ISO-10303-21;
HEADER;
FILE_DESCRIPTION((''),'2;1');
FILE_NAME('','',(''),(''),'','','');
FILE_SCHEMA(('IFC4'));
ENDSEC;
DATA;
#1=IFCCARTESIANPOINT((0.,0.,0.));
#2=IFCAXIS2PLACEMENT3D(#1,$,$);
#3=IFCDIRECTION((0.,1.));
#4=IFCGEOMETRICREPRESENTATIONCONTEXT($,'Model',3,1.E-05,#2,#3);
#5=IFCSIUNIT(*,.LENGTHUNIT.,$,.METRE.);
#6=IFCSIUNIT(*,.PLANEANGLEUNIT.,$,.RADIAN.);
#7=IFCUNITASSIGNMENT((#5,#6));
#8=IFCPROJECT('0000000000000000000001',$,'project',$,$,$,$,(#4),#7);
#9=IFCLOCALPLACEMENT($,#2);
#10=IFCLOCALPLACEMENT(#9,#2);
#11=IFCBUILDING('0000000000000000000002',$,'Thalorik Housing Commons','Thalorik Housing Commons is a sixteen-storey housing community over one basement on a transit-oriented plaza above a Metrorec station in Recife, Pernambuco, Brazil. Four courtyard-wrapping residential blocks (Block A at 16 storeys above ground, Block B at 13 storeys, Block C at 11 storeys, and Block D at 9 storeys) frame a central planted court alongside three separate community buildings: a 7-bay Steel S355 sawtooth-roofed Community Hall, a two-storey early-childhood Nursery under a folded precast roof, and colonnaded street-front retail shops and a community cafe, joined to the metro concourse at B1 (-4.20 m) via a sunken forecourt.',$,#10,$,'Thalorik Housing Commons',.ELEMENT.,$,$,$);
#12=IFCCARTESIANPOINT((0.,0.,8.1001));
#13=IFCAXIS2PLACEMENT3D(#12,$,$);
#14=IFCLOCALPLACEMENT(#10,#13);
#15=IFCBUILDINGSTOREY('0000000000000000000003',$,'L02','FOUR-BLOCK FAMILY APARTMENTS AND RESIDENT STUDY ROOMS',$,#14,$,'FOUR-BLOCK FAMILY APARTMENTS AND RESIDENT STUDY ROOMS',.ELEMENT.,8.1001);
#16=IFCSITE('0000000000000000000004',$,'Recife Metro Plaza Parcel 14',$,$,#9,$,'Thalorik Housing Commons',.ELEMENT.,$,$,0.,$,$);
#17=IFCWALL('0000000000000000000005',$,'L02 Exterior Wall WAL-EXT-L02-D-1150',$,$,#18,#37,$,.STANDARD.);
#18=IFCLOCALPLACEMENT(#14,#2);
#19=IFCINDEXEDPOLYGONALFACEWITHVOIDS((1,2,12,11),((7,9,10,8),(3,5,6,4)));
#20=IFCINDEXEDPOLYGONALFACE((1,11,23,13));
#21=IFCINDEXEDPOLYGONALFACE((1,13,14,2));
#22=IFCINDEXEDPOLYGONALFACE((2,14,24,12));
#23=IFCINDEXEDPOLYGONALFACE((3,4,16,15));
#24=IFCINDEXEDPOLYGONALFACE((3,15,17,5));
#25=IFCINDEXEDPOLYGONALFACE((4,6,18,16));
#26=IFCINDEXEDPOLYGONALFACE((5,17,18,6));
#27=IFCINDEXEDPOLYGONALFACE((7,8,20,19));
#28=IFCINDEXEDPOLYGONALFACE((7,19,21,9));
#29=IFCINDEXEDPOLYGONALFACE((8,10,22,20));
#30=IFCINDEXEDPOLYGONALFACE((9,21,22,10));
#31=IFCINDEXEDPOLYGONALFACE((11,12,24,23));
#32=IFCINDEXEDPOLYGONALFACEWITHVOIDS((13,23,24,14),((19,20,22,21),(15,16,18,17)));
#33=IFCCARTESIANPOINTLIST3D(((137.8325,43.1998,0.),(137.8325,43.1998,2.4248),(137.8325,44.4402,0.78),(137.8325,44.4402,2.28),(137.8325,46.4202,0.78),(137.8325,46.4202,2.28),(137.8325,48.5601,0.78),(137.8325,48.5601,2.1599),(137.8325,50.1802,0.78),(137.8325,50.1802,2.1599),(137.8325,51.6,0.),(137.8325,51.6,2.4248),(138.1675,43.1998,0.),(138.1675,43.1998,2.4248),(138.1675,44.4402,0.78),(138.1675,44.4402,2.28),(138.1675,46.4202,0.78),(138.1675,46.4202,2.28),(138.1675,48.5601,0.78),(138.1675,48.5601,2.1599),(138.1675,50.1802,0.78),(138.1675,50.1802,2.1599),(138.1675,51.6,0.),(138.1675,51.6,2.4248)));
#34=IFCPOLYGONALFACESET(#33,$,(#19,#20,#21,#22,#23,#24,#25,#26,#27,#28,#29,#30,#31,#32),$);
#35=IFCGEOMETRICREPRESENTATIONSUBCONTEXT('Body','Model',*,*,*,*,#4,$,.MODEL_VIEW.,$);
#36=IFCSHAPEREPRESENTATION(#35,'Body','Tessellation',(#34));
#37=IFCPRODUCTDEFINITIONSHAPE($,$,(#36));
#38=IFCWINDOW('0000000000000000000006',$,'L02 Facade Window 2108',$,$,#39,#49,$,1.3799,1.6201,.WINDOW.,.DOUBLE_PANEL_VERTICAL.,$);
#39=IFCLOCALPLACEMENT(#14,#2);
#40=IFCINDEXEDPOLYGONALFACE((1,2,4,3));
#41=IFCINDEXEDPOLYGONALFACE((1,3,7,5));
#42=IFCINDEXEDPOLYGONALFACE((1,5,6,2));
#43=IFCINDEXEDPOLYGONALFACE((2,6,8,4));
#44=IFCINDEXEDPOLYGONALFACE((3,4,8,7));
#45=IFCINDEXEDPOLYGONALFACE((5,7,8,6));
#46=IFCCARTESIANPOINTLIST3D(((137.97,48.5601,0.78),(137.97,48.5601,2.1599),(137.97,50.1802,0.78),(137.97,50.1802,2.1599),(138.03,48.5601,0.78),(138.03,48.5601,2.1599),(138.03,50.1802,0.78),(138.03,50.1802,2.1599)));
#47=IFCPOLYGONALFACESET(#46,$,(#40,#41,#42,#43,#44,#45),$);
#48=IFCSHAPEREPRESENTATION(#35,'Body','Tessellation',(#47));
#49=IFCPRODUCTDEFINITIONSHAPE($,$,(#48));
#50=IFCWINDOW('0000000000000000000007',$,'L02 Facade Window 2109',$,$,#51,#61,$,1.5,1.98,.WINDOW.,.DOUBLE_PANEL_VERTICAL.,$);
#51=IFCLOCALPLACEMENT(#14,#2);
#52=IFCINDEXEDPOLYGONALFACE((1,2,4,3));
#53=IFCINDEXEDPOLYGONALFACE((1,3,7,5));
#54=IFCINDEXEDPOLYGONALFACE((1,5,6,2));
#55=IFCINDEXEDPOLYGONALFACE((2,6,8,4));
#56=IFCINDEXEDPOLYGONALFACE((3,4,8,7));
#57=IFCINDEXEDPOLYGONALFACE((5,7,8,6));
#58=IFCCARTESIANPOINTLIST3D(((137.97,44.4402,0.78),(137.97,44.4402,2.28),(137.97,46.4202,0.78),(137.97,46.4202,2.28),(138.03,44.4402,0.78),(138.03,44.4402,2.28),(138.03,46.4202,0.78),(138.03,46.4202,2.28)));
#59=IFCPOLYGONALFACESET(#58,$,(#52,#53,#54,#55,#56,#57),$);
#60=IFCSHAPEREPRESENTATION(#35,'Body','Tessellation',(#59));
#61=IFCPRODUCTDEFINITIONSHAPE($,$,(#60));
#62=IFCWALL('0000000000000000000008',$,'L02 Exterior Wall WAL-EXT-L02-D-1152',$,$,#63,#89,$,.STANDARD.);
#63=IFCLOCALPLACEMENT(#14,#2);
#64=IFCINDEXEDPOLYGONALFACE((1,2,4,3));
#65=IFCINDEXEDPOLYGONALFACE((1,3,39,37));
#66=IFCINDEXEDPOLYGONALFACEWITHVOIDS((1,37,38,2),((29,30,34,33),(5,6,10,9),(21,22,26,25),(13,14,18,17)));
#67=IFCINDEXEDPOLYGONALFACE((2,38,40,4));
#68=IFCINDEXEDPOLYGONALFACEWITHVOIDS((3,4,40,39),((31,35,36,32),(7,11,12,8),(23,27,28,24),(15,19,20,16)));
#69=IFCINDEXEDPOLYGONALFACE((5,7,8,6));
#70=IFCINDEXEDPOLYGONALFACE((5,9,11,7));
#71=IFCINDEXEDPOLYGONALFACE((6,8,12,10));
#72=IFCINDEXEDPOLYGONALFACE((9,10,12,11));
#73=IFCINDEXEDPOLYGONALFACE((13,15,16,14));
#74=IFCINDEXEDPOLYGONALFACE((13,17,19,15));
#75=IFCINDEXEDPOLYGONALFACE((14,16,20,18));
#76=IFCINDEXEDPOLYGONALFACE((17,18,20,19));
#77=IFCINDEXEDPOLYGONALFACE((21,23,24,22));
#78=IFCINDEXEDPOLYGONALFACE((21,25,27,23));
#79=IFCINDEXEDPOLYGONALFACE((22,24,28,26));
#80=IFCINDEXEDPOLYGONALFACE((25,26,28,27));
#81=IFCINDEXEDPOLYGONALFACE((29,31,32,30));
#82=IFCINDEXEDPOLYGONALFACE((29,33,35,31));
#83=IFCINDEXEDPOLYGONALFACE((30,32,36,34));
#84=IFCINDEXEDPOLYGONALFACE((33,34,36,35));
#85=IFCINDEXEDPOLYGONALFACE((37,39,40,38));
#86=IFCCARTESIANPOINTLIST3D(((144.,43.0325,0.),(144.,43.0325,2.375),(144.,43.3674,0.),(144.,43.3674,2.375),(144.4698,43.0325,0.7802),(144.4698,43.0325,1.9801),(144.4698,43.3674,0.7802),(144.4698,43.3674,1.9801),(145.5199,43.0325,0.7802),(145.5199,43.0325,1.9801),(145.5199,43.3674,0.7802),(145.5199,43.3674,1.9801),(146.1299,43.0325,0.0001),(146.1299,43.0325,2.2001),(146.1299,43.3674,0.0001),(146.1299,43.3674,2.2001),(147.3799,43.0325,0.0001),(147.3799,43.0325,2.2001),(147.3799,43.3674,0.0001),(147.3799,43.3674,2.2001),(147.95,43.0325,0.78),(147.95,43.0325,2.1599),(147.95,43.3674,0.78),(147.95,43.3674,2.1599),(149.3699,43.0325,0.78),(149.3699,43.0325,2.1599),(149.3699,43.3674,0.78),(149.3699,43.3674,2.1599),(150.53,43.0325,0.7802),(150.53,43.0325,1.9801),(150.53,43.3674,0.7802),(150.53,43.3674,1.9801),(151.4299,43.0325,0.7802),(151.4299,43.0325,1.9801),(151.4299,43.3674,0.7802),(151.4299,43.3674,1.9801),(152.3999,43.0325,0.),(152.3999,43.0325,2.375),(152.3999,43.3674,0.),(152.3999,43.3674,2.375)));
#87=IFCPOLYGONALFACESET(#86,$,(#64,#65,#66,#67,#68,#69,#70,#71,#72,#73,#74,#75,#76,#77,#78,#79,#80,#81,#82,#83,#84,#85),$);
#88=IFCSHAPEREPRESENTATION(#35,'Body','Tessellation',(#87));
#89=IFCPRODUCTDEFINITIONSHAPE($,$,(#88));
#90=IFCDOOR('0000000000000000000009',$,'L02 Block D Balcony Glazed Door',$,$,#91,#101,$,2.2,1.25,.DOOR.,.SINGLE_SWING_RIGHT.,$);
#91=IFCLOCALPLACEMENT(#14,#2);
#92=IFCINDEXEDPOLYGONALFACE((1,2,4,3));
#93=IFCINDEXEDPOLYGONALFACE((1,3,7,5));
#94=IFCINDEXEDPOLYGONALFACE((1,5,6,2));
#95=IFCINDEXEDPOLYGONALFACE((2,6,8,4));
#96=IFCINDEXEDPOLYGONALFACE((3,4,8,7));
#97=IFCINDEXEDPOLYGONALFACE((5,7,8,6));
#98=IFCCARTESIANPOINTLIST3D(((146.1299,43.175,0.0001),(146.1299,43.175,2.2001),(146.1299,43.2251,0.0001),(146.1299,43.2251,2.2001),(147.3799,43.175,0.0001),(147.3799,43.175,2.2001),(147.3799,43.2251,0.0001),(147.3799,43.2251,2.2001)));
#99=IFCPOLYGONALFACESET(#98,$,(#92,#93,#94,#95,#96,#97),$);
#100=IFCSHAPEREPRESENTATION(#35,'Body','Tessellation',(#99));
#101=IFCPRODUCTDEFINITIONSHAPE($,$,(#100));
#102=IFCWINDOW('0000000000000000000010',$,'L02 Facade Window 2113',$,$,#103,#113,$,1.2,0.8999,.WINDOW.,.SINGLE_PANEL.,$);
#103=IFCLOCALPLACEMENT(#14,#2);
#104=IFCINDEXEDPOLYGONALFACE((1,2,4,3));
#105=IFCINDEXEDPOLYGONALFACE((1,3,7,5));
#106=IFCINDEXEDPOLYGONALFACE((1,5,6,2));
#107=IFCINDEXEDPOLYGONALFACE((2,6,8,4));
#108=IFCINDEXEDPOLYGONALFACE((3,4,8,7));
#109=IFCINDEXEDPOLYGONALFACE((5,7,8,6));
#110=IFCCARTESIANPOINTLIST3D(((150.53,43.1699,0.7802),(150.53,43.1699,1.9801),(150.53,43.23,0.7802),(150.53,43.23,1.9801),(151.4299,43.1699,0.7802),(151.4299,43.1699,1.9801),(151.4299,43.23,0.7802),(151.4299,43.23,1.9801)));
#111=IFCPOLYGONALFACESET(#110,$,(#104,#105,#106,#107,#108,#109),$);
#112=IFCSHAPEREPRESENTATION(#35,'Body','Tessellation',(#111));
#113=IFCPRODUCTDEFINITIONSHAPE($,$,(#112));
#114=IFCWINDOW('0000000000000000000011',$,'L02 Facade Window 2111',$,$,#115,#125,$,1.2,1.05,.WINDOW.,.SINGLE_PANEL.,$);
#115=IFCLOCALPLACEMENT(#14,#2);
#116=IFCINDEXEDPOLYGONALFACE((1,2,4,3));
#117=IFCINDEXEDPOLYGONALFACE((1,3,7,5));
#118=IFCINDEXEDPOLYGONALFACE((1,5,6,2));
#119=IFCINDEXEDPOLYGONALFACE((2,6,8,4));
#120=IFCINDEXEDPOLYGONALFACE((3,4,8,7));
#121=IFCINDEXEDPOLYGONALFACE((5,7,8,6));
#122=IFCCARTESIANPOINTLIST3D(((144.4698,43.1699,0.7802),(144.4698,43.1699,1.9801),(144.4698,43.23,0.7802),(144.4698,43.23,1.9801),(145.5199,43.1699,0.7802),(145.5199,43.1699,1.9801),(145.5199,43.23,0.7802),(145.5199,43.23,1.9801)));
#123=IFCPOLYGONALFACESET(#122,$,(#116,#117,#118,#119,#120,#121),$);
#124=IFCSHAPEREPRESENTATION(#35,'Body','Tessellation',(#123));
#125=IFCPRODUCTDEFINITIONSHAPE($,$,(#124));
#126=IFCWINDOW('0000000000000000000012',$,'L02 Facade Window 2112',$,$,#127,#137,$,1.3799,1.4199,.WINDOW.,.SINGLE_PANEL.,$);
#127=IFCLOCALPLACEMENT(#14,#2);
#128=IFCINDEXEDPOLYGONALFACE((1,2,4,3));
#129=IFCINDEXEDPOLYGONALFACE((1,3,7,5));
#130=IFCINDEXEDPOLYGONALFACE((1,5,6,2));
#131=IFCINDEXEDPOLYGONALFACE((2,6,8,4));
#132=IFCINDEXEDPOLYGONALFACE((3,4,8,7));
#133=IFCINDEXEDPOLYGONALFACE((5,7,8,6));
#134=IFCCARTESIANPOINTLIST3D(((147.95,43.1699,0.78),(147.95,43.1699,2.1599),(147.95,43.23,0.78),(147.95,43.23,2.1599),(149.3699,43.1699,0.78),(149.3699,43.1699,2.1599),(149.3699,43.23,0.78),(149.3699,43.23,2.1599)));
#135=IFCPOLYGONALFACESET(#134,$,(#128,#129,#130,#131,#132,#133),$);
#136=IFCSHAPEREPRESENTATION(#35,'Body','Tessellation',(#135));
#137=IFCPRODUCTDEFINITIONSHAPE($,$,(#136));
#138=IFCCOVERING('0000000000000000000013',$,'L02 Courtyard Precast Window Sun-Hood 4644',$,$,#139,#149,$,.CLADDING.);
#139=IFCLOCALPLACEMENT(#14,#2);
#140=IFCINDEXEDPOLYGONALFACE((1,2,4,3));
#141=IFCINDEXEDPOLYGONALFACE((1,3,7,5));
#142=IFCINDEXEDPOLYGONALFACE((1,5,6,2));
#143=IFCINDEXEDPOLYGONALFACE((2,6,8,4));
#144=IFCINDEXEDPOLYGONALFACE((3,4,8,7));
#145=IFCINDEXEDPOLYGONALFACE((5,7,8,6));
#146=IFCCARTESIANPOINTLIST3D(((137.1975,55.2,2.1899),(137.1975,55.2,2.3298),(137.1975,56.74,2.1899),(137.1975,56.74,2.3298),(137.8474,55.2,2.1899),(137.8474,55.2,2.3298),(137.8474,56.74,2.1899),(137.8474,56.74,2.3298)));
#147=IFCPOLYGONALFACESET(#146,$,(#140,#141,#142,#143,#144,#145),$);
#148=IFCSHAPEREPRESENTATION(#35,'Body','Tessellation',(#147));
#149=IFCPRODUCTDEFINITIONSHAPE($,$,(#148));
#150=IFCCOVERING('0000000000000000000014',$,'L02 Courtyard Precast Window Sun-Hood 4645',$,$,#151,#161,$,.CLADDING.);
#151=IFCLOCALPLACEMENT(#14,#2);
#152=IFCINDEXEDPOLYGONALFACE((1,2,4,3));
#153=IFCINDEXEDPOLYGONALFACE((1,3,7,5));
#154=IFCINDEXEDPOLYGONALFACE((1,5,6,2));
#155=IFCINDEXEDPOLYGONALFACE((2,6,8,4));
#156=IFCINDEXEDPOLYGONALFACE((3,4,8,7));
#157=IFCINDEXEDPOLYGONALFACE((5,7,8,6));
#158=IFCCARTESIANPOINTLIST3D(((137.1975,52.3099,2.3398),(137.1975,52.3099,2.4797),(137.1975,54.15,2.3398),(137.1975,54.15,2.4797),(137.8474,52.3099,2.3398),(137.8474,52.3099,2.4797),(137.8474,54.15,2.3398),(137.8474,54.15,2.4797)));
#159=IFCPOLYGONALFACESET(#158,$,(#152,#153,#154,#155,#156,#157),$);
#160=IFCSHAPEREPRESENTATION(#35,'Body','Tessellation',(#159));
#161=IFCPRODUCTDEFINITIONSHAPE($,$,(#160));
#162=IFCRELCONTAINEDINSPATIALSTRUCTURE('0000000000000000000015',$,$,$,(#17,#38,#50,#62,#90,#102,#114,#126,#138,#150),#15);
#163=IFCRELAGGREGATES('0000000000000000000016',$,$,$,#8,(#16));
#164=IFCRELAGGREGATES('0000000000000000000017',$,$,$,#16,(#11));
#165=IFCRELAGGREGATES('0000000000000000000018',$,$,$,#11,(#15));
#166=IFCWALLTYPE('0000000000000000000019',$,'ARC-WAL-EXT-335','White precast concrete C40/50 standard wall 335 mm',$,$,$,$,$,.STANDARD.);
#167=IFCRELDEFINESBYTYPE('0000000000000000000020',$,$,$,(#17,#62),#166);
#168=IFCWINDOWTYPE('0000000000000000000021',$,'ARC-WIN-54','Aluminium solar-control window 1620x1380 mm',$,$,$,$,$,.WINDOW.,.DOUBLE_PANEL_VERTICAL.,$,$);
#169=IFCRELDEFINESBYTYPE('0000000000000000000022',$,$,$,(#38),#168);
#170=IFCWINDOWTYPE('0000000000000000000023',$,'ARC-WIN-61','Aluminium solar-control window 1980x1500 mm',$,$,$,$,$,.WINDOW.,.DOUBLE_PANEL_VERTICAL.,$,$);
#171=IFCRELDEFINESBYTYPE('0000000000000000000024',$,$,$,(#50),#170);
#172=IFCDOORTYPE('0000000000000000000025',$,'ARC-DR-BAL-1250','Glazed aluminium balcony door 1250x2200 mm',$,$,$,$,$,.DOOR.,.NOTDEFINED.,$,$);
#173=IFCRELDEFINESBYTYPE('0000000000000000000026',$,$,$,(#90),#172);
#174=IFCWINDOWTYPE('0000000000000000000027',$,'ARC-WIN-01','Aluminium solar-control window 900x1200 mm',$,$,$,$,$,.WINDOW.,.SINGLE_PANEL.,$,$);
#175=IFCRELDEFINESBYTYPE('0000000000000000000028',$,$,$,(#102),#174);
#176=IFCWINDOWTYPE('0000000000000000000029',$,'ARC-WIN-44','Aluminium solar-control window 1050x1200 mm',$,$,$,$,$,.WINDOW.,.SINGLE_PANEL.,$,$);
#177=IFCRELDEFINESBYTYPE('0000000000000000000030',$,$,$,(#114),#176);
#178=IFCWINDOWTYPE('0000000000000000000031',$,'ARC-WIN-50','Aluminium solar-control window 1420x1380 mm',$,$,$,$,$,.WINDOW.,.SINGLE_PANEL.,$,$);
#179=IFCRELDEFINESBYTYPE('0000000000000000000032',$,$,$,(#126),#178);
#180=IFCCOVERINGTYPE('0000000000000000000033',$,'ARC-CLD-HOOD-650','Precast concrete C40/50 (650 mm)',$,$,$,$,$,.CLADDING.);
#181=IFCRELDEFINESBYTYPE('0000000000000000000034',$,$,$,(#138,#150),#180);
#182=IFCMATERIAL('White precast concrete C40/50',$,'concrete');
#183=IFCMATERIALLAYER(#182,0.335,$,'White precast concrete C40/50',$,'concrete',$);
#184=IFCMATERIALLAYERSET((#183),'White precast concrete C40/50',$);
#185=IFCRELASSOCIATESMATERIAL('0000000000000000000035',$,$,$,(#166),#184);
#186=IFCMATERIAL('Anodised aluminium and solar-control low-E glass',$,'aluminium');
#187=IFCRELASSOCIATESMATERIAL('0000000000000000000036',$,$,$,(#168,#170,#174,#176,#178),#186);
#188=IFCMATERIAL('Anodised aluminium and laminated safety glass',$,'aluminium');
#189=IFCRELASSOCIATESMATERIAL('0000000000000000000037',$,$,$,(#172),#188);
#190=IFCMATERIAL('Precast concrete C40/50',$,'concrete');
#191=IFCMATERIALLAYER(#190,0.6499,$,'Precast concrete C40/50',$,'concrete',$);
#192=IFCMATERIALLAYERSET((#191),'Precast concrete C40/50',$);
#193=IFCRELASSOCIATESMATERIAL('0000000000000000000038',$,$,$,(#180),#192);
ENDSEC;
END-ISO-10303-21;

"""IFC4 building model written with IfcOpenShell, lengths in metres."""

from ifc_helpers import new_model, si_unit, direction, frame, frame_2d, origin, origin_2d, place, context, subcontext, project, spatial, rectangle, extrude, material, layer, layer_set, type_object, element, fill, save


model = new_model("IFC4")

# Units and contexts
model_context = context("Model", 3, precision=1e-05, world=origin(), true_north=direction((0.0, 1.0)))
body_context = subcontext(model_context, "Body", "Model", "MODEL_VIEW")
ifc_project = project(units=[si_unit("LENGTHUNIT", "METRE"), si_unit("PLANEANGLEUNIT", "RADIAN")], contexts=[model_context])

# Site, building, storey
site_placement = place(None, origin())
site = spatial("IfcSite", under=ifc_project, at=site_placement, Name="Recife Metro Plaza Parcel 14", LongName="Thalorik Housing Commons", CompositionType="ELEMENT", RefElevation=0.0)
building_placement = place(site_placement, origin())
building = spatial("IfcBuilding", under=site, at=building_placement, Name="Thalorik Housing Commons", Description="Thalorik Housing Commons is a sixteen-storey housing community over one basement on a transit-oriented plaza above a Metrorec station in Recife, Pernambuco, Brazil. Four courtyard-wrapping residential blocks (Block A at 16 storeys above ground, Block B at 13 storeys, Block C at 11 storeys, and Block D at 9 storeys) frame a central planted court alongside three separate community buildings: a 7-bay Steel S355 sawtooth-roofed Community Hall, a two-storey early-childhood Nursery under a folded precast roof, and colonnaded street-front retail shops and a community cafe, joined to the metro concourse at B1 (-4.20 m) via a sunken forecourt.", LongName="Thalorik Housing Commons", CompositionType="ELEMENT")
storey_placement = place(building_placement, frame((0.0, 0.0, 8.1001)))
storey = spatial("IfcBuildingStorey", under=building, at=storey_placement, Name="L02", Description="FOUR-BLOCK FAMILY APARTMENTS AND RESIDENT STUDY ROOMS", LongName="FOUR-BLOCK FAMILY APARTMENTS AND RESIDENT STUDY ROOMS", CompositionType="ELEMENT", Elevation=8.1001)

# Shared definitions
ifc_material_1 = material(Name="Precast concrete C40/50", Category="concrete")

# Wall, openings, windows
ifc_material_2 = material(Name="White precast concrete C40/50", Category="concrete")
ifc_layer_1 = layer(ifc_material_2, 0.335, Name="White precast concrete C40/50", Category="concrete")
ifc_layer_set_1 = layer_set([ifc_layer_1], Name="White precast concrete C40/50")
wall_type = type_object("IfcWallType", Name="ARC-WAL-EXT-335", Description="White precast concrete C40/50 standard wall 335 mm", PredefinedType="STANDARD", material=ifc_layer_set_1)
ifc_material_3 = material(Name="Anodised aluminium and solar-control low-E glass", Category="aluminium")
wall_1_placement = place(storey_placement, frame((138.0, 51.6001, 0.0), z_axis=(0.0, 0.0, 1.0), x_axis=(0.0, -1.0, 0.0)))
wall_1 = element("IfcWall", 1, at=wall_1_placement, inside=storey, type_object=wall_type, Name="L02 Exterior Wall WAL-EXT-L02-D-1150", PredefinedType="STANDARD", context=body_context, shape_type="SweptSolid", body=[
    extrude(rectangle(XDim=8.4001, YDim=0.335, at=frame_2d((4.2002, 0.0))), origin(), (0.0, 0.0, 1.0), 2.4248),
])
opening_1_placement = place(wall_1_placement, frame((1.4199, 0.0, 0.78)))
opening_1 = element("IfcOpeningElement", 2, at=opening_1_placement, cuts=wall_1, PredefinedType="OPENING", context=body_context, shape_type="SweptSolid", body=[
    extrude(rectangle(XDim=1.6201, YDim=1.3799, at=frame_2d((0.8101, 0.6899))), frame((0.0, 0.1775, 0.0), z_axis=(0.0, -1.0, 0.0), x_axis=(1.0, 0.0, 0.0)), (0.0, 0.0, 1.0), 0.355),
])
opening_2_placement = place(wall_1_placement, frame((5.1799, 0.0, 0.78)))
opening_2 = element("IfcOpeningElement", 3, at=opening_2_placement, cuts=wall_1, PredefinedType="OPENING", context=body_context, shape_type="SweptSolid", body=[
    extrude(rectangle(XDim=1.98, YDim=1.5, at=frame_2d((0.99, 0.75))), frame((0.0, 0.1775, 0.0), z_axis=(0.0, -1.0, 0.0), x_axis=(1.0, 0.0, 0.0)), (0.0, 0.0, 1.0), 0.355),
])
window_type_1 = type_object("IfcWindowType", Name="ARC-WIN-54", Description="Aluminium solar-control window 1620x1380 mm", PartitioningType="DOUBLE_PANEL_VERTICAL", PredefinedType="WINDOW", material=ifc_material_3)
window_1_placement = place(opening_1_placement, origin())
window_1 = element("IfcWindow", 4, at=window_1_placement, inside=storey, type_object=window_type_1, Name="L02 Facade Window 2108", OverallHeight=1.3799, OverallWidth=1.6201, PartitioningType="DOUBLE_PANEL_VERTICAL", PredefinedType="WINDOW", context=body_context, shape_type="SweptSolid", body=[
    extrude(rectangle(XDim=1.6201, YDim=1.3799, at=frame_2d((0.8101, 0.6899))), frame((0.0, 0.03, 0.0), z_axis=(0.0, -1.0, 0.0), x_axis=(1.0, 0.0, 0.0)), (0.0, 0.0, 1.0), 0.0601),
])
fill(opening_1, window_1)
window_type_2 = type_object("IfcWindowType", Name="ARC-WIN-61", Description="Aluminium solar-control window 1980x1500 mm", PartitioningType="DOUBLE_PANEL_VERTICAL", PredefinedType="WINDOW", material=ifc_material_3)
window_2_placement = place(opening_2_placement, origin())
window_2 = element("IfcWindow", 5, at=window_2_placement, inside=storey, type_object=window_type_2, Name="L02 Facade Window 2109", OverallHeight=1.5, OverallWidth=1.98, PartitioningType="DOUBLE_PANEL_VERTICAL", PredefinedType="WINDOW", context=body_context, shape_type="SweptSolid", body=[
    extrude(rectangle(XDim=1.98, YDim=1.5, at=frame_2d((0.99, 0.75))), frame((0.0, 0.03, 0.0), z_axis=(0.0, -1.0, 0.0), x_axis=(1.0, 0.0, 0.0)), (0.0, 0.0, 1.0), 0.0601),
])
fill(opening_2, window_2)

# Wall, openings, door, windows
wall_2_placement = place(storey_placement, frame((144.0, 43.2, 0.0), z_axis=(0.0, 0.0, 1.0), x_axis=(1.0, 0.0, 0.0)))
wall_2 = element("IfcWall", 6, at=wall_2_placement, inside=storey, type_object=wall_type, Name="L02 Exterior Wall WAL-EXT-L02-D-1152", PredefinedType="STANDARD", context=body_context, shape_type="SweptSolid", body=[
    extrude(rectangle(XDim=8.3999, YDim=0.335, at=frame_2d((4.2, 0.0))), origin(), (0.0, 0.0, 1.0), 2.375),
])
opening_3_placement = place(wall_2_placement, frame((2.1299, 0.0, 0.0)))
opening_3 = element("IfcOpeningElement", 7, at=opening_3_placement, cuts=wall_2, PredefinedType="OPENING", context=body_context, shape_type="SweptSolid", body=[
    extrude(rectangle(XDim=1.25, YDim=2.2, at=frame_2d((0.625, 1.1001))), frame((0.0, 0.1775, 0.0), z_axis=(0.0, -1.0, 0.0), x_axis=(1.0, 0.0, 0.0)), (0.0, 0.0, 1.0), 0.355),
])
opening_4_placement = place(wall_2_placement, frame((0.47, 0.0, 0.78)))
opening_4 = element("IfcOpeningElement", 8, at=opening_4_placement, cuts=wall_2, PredefinedType="OPENING", context=body_context, shape_type="SweptSolid", body=[
    extrude(rectangle(XDim=1.05, YDim=1.2, at=frame_2d((0.5249, 0.6001))), frame((0.0, 0.1775, 0.0), z_axis=(0.0, -1.0, 0.0), x_axis=(1.0, 0.0, 0.0)), (0.0, 0.0, 1.0), 0.355),
])
opening_5_placement = place(wall_2_placement, frame((3.95, 0.0, 0.78)))
opening_5 = element("IfcOpeningElement", 9, at=opening_5_placement, cuts=wall_2, PredefinedType="OPENING", context=body_context, shape_type="SweptSolid", body=[
    extrude(rectangle(XDim=1.4199, YDim=1.3799, at=frame_2d((0.71, 0.6899))), frame((0.0, 0.1775, 0.0), z_axis=(0.0, -1.0, 0.0), x_axis=(1.0, 0.0, 0.0)), (0.0, 0.0, 1.0), 0.355),
])
opening_6_placement = place(wall_2_placement, frame((6.53, 0.0, 0.78)))
opening_6 = element("IfcOpeningElement", 10, at=opening_6_placement, cuts=wall_2, PredefinedType="OPENING", context=body_context, shape_type="SweptSolid", body=[
    extrude(rectangle(XDim=0.8999, YDim=1.2, at=frame_2d((0.45, 0.6001))), frame((0.0, 0.1775, 0.0), z_axis=(0.0, -1.0, 0.0), x_axis=(1.0, 0.0, 0.0)), (0.0, 0.0, 1.0), 0.355),
])
ifc_material_4 = material(Name="Anodised aluminium and laminated safety glass", Category="aluminium")
door_type = type_object("IfcDoorType", Name="ARC-DR-BAL-1250", Description="Glazed aluminium balcony door 1250x2200 mm", OperationType="NOTDEFINED", PredefinedType="DOOR", material=ifc_material_4)
door_placement = place(opening_3_placement, frame((1.25, 0.0, 0.0), z_axis=(0.0, 0.0, 1.0), x_axis=(-1.0, 0.0, 0.0)))
door = element("IfcDoor", 11, at=door_placement, inside=storey, type_object=door_type, Name="L02 Block D Balcony Glazed Door", OperationType="SINGLE_SWING_RIGHT", OverallHeight=2.2, OverallWidth=1.25, PredefinedType="DOOR", context=body_context, shape_type="SweptSolid", body=[
    extrude(rectangle(XDim=1.25, YDim=2.2, at=frame_2d((0.625, 1.1001))), frame((0.0, 0.0249, 0.0), z_axis=(0.0, -1.0, 0.0), x_axis=(1.0, 0.0, 0.0)), (0.0, 0.0, 1.0), 0.05),
])
fill(opening_3, door)
window_type_3 = type_object("IfcWindowType", Name="ARC-WIN-01", Description="Aluminium solar-control window 900x1200 mm", PartitioningType="SINGLE_PANEL", PredefinedType="WINDOW", material=ifc_material_3)
window_3_placement = place(opening_6_placement, origin())
window_3 = element("IfcWindow", 12, at=window_3_placement, inside=storey, type_object=window_type_3, Name="L02 Facade Window 2113", OverallHeight=1.2, OverallWidth=0.8999, PartitioningType="SINGLE_PANEL", PredefinedType="WINDOW", context=body_context, shape_type="SweptSolid", body=[
    extrude(rectangle(XDim=0.8999, YDim=1.2, at=frame_2d((0.45, 0.6001))), frame((0.0, 0.03, 0.0), z_axis=(0.0, -1.0, 0.0), x_axis=(1.0, 0.0, 0.0)), (0.0, 0.0, 1.0), 0.0601),
])
fill(opening_6, window_3)
window_type_4 = type_object("IfcWindowType", Name="ARC-WIN-44", Description="Aluminium solar-control window 1050x1200 mm", PartitioningType="SINGLE_PANEL", PredefinedType="WINDOW", material=ifc_material_3)
window_4_placement = place(opening_4_placement, origin())
window_4 = element("IfcWindow", 13, at=window_4_placement, inside=storey, type_object=window_type_4, Name="L02 Facade Window 2111", OverallHeight=1.2, OverallWidth=1.05, PartitioningType="SINGLE_PANEL", PredefinedType="WINDOW", context=body_context, shape_type="SweptSolid", body=[
    extrude(rectangle(XDim=1.05, YDim=1.2, at=frame_2d((0.5249, 0.6001))), frame((0.0, 0.03, 0.0), z_axis=(0.0, -1.0, 0.0), x_axis=(1.0, 0.0, 0.0)), (0.0, 0.0, 1.0), 0.0601),
])
fill(opening_4, window_4)
window_type_5 = type_object("IfcWindowType", Name="ARC-WIN-50", Description="Aluminium solar-control window 1420x1380 mm", PartitioningType="SINGLE_PANEL", PredefinedType="WINDOW", material=ifc_material_3)
window_5_placement = place(opening_5_placement, origin())
window_5 = element("IfcWindow", 14, at=window_5_placement, inside=storey, type_object=window_type_5, Name="L02 Facade Window 2112", OverallHeight=1.3799, OverallWidth=1.4199, PartitioningType="SINGLE_PANEL", PredefinedType="WINDOW", context=body_context, shape_type="SweptSolid", body=[
    extrude(rectangle(XDim=1.4199, YDim=1.3799, at=frame_2d((0.71, 0.6899))), frame((0.0, 0.03, 0.0), z_axis=(0.0, -1.0, 0.0), x_axis=(1.0, 0.0, 0.0)), (0.0, 0.0, 1.0), 0.0601),
])
fill(opening_5, window_5)

# Coverings
ifc_layer_2 = layer(ifc_material_1, 0.6499, Name="Precast concrete C40/50", Category="concrete")
ifc_layer_set_2 = layer_set([ifc_layer_2], Name="Precast concrete C40/50")
covering_type = type_object("IfcCoveringType", Name="ARC-CLD-HOOD-650", Description="Precast concrete C40/50 (650 mm)", PredefinedType="CLADDING", material=ifc_layer_set_2)
covering_1_placement = place(storey_placement, frame((137.5225, 55.97, 2.1899), z_axis=(0.0, 0.0, 1.0), x_axis=(0.0, -1.0, 0.0)))
element("IfcCovering", 15, at=covering_1_placement, inside=storey, type_object=covering_type, Name="L02 Courtyard Precast Window Sun-Hood 4644", PredefinedType="CLADDING", context=body_context, shape_type="SweptSolid", body=[
    extrude(rectangle(XDim=1.54, YDim=0.6499, at=origin_2d()), origin(), (0.0, 0.0, 1.0), 0.1399),
])
covering_2_placement = place(storey_placement, frame((137.5225, 53.23, 2.3398), z_axis=(0.0, 0.0, 1.0), x_axis=(0.0, -1.0, 0.0)))
element("IfcCovering", 16, at=covering_2_placement, inside=storey, type_object=covering_type, Name="L02 Courtyard Precast Window Sun-Hood 4645", PredefinedType="CLADDING", context=body_context, shape_type="SweptSolid", body=[
    extrude(rectangle(XDim=1.8401, YDim=0.6499, at=origin_2d()), origin(), (0.0, 0.0, 1.0), 0.1399),
])

save(model, "model.ifc")
